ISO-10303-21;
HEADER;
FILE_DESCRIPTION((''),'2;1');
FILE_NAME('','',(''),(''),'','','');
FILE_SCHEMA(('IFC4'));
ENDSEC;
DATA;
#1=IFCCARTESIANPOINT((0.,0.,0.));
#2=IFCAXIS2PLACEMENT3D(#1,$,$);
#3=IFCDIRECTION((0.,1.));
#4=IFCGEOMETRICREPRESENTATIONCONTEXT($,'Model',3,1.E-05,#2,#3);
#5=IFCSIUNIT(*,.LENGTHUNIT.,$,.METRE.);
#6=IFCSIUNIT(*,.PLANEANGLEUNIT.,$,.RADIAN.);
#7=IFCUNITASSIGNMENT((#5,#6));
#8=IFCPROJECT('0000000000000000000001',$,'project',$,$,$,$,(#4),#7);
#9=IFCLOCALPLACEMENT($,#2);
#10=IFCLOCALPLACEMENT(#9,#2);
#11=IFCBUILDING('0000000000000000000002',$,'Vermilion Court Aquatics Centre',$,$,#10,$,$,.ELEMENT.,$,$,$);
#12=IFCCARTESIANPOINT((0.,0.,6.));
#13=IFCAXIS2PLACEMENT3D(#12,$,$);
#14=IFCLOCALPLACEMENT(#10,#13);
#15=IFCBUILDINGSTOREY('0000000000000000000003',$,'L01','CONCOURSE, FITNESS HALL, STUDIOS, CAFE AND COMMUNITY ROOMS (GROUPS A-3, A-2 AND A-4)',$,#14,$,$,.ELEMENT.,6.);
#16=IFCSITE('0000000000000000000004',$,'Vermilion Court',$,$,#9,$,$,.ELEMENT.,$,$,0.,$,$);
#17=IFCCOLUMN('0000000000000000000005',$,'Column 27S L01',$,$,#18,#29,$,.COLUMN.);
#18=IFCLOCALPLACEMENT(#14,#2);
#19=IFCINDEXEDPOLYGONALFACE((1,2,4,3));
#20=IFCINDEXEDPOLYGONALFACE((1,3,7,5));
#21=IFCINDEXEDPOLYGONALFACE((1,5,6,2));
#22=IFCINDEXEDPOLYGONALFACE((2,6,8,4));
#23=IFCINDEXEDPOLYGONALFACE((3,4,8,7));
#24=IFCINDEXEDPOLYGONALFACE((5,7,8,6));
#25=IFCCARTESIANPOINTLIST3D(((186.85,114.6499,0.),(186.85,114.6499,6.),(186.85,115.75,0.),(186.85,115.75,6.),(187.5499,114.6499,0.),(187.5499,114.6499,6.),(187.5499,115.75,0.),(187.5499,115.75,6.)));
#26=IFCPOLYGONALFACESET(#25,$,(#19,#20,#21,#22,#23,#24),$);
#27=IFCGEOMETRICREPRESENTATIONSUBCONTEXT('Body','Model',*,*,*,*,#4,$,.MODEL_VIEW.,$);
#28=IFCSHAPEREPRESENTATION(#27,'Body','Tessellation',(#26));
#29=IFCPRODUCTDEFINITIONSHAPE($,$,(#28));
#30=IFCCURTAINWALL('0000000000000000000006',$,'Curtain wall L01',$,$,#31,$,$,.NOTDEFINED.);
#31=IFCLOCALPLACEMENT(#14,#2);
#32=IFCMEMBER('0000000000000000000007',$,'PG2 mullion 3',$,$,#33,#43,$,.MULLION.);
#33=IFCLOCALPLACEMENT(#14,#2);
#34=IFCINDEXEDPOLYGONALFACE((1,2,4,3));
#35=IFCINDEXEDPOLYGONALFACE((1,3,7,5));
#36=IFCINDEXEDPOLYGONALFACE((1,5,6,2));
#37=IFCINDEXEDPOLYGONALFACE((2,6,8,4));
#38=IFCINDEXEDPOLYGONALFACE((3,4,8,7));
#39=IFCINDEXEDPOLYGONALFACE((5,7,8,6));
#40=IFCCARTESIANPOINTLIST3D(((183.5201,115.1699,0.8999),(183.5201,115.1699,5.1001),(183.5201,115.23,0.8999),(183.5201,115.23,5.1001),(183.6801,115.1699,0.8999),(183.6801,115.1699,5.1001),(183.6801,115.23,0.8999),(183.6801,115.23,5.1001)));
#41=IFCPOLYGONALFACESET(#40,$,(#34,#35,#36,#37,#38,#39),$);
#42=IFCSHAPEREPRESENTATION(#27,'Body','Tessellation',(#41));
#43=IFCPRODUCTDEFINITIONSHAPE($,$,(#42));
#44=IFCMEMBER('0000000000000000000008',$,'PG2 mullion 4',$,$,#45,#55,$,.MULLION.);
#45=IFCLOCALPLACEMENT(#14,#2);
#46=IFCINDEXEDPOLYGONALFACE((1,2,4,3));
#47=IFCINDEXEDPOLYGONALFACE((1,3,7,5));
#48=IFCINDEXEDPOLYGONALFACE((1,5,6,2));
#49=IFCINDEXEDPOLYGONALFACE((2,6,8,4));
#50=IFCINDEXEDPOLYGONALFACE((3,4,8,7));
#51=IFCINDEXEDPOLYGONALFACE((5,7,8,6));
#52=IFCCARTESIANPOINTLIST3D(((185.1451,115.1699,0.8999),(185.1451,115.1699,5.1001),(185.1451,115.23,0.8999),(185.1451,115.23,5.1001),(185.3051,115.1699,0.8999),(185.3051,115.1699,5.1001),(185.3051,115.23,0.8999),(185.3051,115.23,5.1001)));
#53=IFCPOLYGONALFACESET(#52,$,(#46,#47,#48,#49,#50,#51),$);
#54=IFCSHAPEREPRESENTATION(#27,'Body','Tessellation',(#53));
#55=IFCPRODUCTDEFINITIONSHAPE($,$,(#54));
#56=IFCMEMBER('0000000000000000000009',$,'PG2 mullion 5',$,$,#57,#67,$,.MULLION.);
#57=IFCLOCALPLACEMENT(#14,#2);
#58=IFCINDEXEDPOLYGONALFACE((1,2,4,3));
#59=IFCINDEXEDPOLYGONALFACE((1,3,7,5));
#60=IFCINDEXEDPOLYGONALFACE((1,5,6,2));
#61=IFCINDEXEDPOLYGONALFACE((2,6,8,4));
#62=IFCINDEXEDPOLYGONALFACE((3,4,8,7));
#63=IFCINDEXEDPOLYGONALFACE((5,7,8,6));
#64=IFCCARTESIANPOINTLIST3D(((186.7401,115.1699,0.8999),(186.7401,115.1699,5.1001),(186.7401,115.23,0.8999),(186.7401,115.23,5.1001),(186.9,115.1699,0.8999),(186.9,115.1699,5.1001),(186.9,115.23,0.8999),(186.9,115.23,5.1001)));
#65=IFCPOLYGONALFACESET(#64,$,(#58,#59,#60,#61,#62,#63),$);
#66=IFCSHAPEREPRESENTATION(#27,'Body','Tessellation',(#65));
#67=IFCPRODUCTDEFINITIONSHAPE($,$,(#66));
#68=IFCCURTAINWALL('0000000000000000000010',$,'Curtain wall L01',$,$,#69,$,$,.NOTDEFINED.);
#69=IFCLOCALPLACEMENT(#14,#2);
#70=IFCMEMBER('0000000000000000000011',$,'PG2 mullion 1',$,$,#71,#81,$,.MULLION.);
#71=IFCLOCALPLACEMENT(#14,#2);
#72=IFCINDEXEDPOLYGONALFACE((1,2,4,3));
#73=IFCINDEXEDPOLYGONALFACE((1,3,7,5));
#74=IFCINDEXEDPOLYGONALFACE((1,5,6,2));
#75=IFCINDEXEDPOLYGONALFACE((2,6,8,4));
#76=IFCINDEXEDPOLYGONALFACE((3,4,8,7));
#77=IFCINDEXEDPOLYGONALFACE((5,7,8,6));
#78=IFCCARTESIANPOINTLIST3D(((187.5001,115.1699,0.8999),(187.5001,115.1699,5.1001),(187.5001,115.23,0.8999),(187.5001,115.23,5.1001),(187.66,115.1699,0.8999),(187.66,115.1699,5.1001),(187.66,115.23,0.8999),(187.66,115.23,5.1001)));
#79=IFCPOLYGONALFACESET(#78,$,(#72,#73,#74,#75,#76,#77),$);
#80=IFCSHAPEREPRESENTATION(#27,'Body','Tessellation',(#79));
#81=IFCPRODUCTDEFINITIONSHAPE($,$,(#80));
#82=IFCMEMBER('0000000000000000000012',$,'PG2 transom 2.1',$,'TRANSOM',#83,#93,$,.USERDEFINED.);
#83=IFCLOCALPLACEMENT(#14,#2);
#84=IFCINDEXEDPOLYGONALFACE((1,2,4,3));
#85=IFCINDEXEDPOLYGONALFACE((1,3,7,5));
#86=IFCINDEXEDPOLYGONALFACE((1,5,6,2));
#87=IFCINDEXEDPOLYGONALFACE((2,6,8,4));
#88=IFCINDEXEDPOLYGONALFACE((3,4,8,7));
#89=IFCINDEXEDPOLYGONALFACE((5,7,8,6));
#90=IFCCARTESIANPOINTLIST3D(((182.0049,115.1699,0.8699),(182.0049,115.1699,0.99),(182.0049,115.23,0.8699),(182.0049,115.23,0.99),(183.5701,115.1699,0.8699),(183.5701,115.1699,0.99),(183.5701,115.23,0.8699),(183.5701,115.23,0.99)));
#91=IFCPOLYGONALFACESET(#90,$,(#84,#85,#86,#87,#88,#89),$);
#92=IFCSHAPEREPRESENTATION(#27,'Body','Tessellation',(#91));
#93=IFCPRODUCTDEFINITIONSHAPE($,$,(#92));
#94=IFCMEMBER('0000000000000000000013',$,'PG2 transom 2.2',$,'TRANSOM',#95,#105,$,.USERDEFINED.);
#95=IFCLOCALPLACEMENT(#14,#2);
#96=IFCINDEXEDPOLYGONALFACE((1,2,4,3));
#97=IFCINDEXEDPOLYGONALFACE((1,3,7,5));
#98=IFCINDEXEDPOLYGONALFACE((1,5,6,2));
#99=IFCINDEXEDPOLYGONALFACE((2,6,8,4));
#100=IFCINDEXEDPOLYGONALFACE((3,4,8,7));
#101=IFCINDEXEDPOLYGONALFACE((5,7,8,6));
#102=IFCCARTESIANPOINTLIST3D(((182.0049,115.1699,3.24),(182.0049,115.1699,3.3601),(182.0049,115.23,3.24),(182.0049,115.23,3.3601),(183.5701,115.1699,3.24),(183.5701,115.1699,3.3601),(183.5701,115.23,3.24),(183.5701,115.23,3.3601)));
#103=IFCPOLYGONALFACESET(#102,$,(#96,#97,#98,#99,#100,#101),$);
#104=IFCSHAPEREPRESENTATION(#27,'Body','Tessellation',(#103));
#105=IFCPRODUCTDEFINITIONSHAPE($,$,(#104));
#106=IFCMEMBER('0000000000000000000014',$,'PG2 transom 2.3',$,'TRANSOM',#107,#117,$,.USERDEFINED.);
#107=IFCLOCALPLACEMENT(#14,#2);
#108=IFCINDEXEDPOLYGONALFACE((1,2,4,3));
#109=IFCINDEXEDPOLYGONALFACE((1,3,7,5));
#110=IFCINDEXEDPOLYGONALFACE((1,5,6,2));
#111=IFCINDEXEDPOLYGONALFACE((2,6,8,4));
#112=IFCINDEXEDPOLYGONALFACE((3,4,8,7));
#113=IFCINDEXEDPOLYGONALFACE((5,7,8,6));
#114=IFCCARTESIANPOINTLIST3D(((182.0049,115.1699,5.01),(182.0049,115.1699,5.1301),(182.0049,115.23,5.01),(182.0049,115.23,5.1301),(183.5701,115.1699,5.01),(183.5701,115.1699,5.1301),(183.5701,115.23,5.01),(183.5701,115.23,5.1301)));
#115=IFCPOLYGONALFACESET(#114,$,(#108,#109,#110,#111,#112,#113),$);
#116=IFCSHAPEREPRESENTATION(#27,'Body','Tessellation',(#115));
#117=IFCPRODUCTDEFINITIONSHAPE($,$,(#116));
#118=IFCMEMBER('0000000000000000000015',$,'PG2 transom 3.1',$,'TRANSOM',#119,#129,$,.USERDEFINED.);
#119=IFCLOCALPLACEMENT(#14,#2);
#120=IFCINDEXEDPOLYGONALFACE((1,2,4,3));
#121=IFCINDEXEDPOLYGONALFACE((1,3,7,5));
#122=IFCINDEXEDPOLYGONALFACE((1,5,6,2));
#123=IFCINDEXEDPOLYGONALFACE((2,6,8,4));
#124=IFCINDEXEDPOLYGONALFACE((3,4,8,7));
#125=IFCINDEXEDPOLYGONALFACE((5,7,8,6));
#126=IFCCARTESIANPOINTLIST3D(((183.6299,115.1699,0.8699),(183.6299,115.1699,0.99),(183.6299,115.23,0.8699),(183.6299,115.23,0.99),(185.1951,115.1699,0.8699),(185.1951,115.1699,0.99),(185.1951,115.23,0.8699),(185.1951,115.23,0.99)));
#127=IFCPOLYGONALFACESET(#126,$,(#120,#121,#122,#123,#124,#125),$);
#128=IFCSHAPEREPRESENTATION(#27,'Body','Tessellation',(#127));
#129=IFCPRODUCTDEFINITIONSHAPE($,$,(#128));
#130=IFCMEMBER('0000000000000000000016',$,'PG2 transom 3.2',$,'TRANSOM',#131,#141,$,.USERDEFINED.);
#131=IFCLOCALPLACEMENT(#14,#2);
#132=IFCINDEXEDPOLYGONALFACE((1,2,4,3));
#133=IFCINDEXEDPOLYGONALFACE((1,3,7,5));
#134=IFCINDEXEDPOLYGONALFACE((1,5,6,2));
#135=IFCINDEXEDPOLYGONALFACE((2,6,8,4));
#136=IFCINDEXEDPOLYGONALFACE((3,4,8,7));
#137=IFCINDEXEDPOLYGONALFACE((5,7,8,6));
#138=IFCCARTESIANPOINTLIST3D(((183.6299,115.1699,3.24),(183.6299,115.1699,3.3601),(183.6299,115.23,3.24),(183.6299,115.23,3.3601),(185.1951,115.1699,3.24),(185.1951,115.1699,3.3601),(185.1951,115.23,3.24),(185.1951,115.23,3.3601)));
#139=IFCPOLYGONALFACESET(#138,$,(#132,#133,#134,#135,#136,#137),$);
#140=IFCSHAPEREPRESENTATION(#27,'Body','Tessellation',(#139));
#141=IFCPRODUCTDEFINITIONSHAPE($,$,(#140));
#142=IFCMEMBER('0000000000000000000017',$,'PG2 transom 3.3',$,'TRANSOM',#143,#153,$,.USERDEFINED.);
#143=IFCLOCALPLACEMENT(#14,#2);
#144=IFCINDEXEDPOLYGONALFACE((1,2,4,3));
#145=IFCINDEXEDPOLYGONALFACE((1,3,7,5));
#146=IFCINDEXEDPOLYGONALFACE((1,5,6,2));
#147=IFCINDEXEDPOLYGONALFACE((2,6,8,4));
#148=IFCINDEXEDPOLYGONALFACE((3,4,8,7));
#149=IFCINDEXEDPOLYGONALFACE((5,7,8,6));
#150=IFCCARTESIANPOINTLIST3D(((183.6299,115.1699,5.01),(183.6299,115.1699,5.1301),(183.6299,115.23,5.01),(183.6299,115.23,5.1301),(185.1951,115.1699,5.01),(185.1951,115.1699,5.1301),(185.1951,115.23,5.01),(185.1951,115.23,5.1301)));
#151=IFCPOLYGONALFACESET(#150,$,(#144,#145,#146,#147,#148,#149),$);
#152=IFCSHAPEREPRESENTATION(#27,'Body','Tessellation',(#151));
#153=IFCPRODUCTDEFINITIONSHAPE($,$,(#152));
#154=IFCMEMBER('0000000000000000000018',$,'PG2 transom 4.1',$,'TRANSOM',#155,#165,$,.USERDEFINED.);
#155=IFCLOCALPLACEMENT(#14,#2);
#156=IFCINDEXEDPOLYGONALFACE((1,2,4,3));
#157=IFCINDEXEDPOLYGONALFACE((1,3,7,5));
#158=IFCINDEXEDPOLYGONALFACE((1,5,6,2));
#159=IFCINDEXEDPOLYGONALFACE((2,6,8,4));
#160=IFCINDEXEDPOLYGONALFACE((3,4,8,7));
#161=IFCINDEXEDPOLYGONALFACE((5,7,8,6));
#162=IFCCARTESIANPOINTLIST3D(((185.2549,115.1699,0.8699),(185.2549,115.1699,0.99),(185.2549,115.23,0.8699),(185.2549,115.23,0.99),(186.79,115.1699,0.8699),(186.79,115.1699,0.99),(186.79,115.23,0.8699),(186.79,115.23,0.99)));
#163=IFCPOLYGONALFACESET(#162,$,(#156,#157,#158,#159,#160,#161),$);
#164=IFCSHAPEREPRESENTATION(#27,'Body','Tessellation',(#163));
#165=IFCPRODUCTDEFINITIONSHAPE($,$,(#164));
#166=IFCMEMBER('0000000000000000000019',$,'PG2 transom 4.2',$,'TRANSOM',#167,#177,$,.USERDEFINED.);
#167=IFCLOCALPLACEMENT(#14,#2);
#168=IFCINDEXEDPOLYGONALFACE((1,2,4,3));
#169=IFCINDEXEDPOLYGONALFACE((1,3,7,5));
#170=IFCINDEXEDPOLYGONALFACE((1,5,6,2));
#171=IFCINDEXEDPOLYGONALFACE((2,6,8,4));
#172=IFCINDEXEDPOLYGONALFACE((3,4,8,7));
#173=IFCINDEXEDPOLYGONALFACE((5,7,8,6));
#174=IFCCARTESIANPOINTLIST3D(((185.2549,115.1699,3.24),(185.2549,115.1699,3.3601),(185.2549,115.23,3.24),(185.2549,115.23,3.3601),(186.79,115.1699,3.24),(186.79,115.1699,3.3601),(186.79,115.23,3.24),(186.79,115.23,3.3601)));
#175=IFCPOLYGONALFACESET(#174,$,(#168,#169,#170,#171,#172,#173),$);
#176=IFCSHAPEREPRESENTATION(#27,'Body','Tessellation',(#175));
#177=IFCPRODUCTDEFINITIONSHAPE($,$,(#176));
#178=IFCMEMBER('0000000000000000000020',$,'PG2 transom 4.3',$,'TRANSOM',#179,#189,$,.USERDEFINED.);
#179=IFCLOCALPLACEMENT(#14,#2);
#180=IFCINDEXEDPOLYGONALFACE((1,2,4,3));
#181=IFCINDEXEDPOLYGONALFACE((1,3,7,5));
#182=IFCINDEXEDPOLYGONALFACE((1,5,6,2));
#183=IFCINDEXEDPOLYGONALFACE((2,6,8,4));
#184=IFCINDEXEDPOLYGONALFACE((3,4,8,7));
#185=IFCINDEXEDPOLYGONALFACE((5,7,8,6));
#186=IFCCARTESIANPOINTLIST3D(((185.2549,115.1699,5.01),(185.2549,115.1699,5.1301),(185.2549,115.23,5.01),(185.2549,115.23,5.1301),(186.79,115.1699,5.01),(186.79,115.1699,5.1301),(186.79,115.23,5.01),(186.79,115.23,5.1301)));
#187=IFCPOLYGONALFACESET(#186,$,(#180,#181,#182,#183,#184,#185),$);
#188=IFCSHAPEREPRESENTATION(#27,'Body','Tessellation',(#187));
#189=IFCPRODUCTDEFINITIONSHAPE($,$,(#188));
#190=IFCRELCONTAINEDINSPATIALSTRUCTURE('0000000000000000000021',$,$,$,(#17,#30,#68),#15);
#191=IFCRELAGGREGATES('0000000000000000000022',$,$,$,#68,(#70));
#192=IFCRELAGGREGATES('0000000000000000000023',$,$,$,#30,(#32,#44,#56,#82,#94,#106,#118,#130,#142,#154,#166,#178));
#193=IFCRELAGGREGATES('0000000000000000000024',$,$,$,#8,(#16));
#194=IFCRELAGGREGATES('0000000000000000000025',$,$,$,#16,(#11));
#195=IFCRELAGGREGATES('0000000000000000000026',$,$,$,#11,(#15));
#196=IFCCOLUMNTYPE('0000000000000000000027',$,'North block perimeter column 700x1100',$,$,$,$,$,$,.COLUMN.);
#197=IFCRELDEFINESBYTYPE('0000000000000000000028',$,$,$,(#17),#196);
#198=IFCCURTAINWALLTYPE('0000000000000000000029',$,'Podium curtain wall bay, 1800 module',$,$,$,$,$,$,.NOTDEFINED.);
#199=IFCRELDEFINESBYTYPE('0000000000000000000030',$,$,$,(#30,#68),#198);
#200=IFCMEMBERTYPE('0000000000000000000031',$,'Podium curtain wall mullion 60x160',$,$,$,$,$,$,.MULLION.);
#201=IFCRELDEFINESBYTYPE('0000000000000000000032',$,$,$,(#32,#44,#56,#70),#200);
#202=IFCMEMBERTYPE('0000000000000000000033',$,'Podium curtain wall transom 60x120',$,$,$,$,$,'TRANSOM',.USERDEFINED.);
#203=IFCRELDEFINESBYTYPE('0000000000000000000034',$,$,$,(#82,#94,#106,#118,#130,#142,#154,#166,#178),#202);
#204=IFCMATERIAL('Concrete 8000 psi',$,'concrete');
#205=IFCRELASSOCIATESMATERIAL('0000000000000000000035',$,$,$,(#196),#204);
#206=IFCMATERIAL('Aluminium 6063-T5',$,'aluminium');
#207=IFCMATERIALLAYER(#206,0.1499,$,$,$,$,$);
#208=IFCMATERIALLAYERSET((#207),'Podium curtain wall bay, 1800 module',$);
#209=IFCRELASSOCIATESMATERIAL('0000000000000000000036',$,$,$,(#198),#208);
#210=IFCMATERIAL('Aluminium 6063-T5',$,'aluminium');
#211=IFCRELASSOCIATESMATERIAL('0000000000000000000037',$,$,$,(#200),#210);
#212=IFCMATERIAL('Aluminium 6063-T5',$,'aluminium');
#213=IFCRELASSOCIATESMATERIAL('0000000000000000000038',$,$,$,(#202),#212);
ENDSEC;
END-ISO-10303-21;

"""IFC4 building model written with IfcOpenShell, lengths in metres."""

from ifc_helpers import new_model, si_unit, direction, frame, origin, origin_2d, place, context, subcontext, project, spatial, rectangle, extrude, material, layer, layer_set, material_profile, profile_set, type_object, element, aggregate, save


model = new_model("IFC4")

# Units and contexts
model_context = context("Model", 3, precision=1e-05, world=origin(), true_north=direction((0.0, 1.0)))
body_context = subcontext(model_context, "Body", "Model", "MODEL_VIEW")
ifc_project = project(units=[si_unit("LENGTHUNIT", "METRE"), si_unit("PLANEANGLEUNIT", "RADIAN")], contexts=[model_context])

# Site, building, storey
site_placement = place(None, origin())
site = spatial("IfcSite", under=ifc_project, at=site_placement, Name="Vermilion Court", CompositionType="ELEMENT", RefElevation=0.0)
building_placement = place(site_placement, origin())
building = spatial("IfcBuilding", under=site, at=building_placement, Name="Vermilion Court Aquatics Centre", CompositionType="ELEMENT")
storey_placement = place(building_placement, frame((0.0, 0.0, 6.0)))
storey = spatial("IfcBuildingStorey", under=building, at=storey_placement, Name="L01", Description="CONCOURSE, FITNESS HALL, STUDIOS, CAFE AND COMMUNITY ROOMS (GROUPS A-3, A-2 AND A-4)", CompositionType="ELEMENT", Elevation=6.0)

# Column
ifc_material_1 = material(Name="Concrete 8000 psi", Category="concrete")
ifc_material_profile_1 = material_profile(ifc_material_1, rectangle(XDim=0.7, YDim=1.1001, at=origin_2d()), Name="RC 700x1100")
ifc_profile_set_1 = profile_set([ifc_material_profile_1], Name="Concrete 8000 psi")
column_type = type_object("IfcColumnType", Name="North block perimeter column 700x1100", PredefinedType="COLUMN", material=ifc_profile_set_1)
column_placement = place(storey_placement, frame((187.2, 115.2, 0.0), z_axis=(0.0, 0.0, 1.0), x_axis=(1.0, 0.0, 0.0)))
element("IfcColumn", 1, at=column_placement, inside=storey, type_object=column_type, Name="Column 27S L01", PredefinedType="COLUMN", context=body_context, shape_type="SweptSolid", body=[
    extrude(rectangle(XDim=0.7, YDim=1.1001, at=origin_2d()), origin(), (0.0, 0.0, 1.0), 6.0),
])

# Curtain wall, members
ifc_material_2 = material(Name="Aluminium 6063-T5", Category="aluminium")
ifc_layer_1 = layer(ifc_material_2, 0.1499)
ifc_layer_set_1 = layer_set([ifc_layer_1], Name="Podium curtain wall bay, 1800 module")
curtain_wall_type = type_object("IfcCurtainWallType", Name="Podium curtain wall bay, 1800 module", PredefinedType="NOTDEFINED", material=ifc_layer_set_1)
curtain_wall_1_placement = place(storey_placement, origin())
curtain_wall_1 = element("IfcCurtainWall", 2, at=curtain_wall_1_placement, inside=storey, type_object=curtain_wall_type, Name="Curtain wall L01", PredefinedType="NOTDEFINED")
ifc_material_3 = material(Name="Aluminium 6063-T5", Category="aluminium")
ifc_material_profile_2 = material_profile(ifc_material_3, rectangle(XDim=0.0601, YDim=0.1599, at=origin_2d()), Name="Mullion 60x160")
ifc_profile_set_2 = profile_set([ifc_material_profile_2], Name="Aluminium 6063-T5")
member_type_1 = type_object("IfcMemberType", Name="Podium curtain wall mullion 60x160", PredefinedType="MULLION", material=ifc_profile_set_2)
member_1_placement = place(storey_placement, frame((183.6001, 115.2, 0.8999), z_axis=(0.0, 0.0, 1.0), x_axis=(0.0, 1.0, 0.0)))
member_1 = element("IfcMember", 3, at=member_1_placement, type_object=member_type_1, Name="PG2 mullion 3", PredefinedType="MULLION", context=body_context, shape_type="SweptSolid", body=[
    extrude(rectangle(XDim=0.0601, YDim=0.1599, at=origin_2d()), origin(), (0.0, 0.0, 1.0), 4.2002),
])
member_2_placement = place(storey_placement, frame((185.2251, 115.2, 0.8999), z_axis=(0.0, 0.0, 1.0), x_axis=(0.0, 1.0, 0.0)))
member_2 = element("IfcMember", 4, at=member_2_placement, type_object=member_type_1, Name="PG2 mullion 4", PredefinedType="MULLION", context=body_context, shape_type="SweptSolid", body=[
    extrude(rectangle(XDim=0.0601, YDim=0.1599, at=origin_2d()), origin(), (0.0, 0.0, 1.0), 4.2002),
])
member_3_placement = place(storey_placement, frame((186.8201, 115.2, 0.8999), z_axis=(0.0, 0.0, 1.0), x_axis=(0.0, 1.0, 0.0)))
member_3 = element("IfcMember", 5, at=member_3_placement, type_object=member_type_1, Name="PG2 mullion 5", PredefinedType="MULLION", context=body_context, shape_type="SweptSolid", body=[
    extrude(rectangle(XDim=0.0601, YDim=0.1599, at=origin_2d()), origin(), (0.0, 0.0, 1.0), 4.2002),
])

# Curtain wall, member
curtain_wall_2_placement = place(storey_placement, origin())
curtain_wall_2 = element("IfcCurtainWall", 6, at=curtain_wall_2_placement, inside=storey, type_object=curtain_wall_type, Name="Curtain wall L01", PredefinedType="NOTDEFINED")
member_4_placement = place(storey_placement, frame((187.5801, 115.2, 0.8999), z_axis=(0.0, 0.0, 1.0), x_axis=(0.0, 1.0, 0.0)))
member_4 = element("IfcMember", 7, at=member_4_placement, type_object=member_type_1, Name="PG2 mullion 1", PredefinedType="MULLION", context=body_context, shape_type="SweptSolid", body=[
    extrude(rectangle(XDim=0.0601, YDim=0.1599, at=origin_2d()), origin(), (0.0, 0.0, 1.0), 4.2002),
])

# Members
ifc_material_4 = material(Name="Aluminium 6063-T5", Category="aluminium")
ifc_material_profile_3 = material_profile(ifc_material_4, rectangle(XDim=0.0601, YDim=0.1201, at=origin_2d()), Name="Transom 60x120")
ifc_profile_set_3 = profile_set([ifc_material_profile_3], Name="Aluminium 6063-T5")
member_type_2 = type_object("IfcMemberType", Name="Podium curtain wall transom 60x120", ElementType="TRANSOM", PredefinedType="USERDEFINED", material=ifc_profile_set_3)
member_5_placement = place(storey_placement, frame((182.0049, 115.2, 0.9299), z_axis=(1.0, 0.0, 0.0), x_axis=(0.0, 1.0, 0.0)))
member_5 = element("IfcMember", 8, at=member_5_placement, type_object=member_type_2, Name="PG2 transom 2.1", ObjectType="TRANSOM", PredefinedType="USERDEFINED", context=body_context, shape_type="SweptSolid", body=[
    extrude(rectangle(XDim=0.0601, YDim=0.1201, at=origin_2d()), origin(), (0.0, 0.0, 1.0), 1.5652),
])
member_6_placement = place(storey_placement, frame((182.0049, 115.2, 3.3), z_axis=(1.0, 0.0, 0.0), x_axis=(0.0, 1.0, 0.0)))
member_6 = element("IfcMember", 9, at=member_6_placement, type_object=member_type_2, Name="PG2 transom 2.2", ObjectType="TRANSOM", PredefinedType="USERDEFINED", context=body_context, shape_type="SweptSolid", body=[
    extrude(rectangle(XDim=0.0601, YDim=0.1201, at=origin_2d()), origin(), (0.0, 0.0, 1.0), 1.5652),
])
member_7_placement = place(storey_placement, frame((182.0049, 115.2, 5.0701), z_axis=(1.0, 0.0, 0.0), x_axis=(0.0, 1.0, 0.0)))
member_7 = element("IfcMember", 10, at=member_7_placement, type_object=member_type_2, Name="PG2 transom 2.3", ObjectType="TRANSOM", PredefinedType="USERDEFINED", context=body_context, shape_type="SweptSolid", body=[
    extrude(rectangle(XDim=0.0601, YDim=0.1201, at=origin_2d()), origin(), (0.0, 0.0, 1.0), 1.5652),
])
member_8_placement = place(storey_placement, frame((183.6299, 115.2, 0.9299), z_axis=(1.0, 0.0, 0.0), x_axis=(0.0, 1.0, 0.0)))
member_8 = element("IfcMember", 11, at=member_8_placement, type_object=member_type_2, Name="PG2 transom 3.1", ObjectType="TRANSOM", PredefinedType="USERDEFINED", context=body_context, shape_type="SweptSolid", body=[
    extrude(rectangle(XDim=0.0601, YDim=0.1201, at=origin_2d()), origin(), (0.0, 0.0, 1.0), 1.5652),
])
member_9_placement = place(storey_placement, frame((183.6299, 115.2, 3.3), z_axis=(1.0, 0.0, 0.0), x_axis=(0.0, 1.0, 0.0)))
member_9 = element("IfcMember", 12, at=member_9_placement, type_object=member_type_2, Name="PG2 transom 3.2", ObjectType="TRANSOM", PredefinedType="USERDEFINED", context=body_context, shape_type="SweptSolid", body=[
    extrude(rectangle(XDim=0.0601, YDim=0.1201, at=origin_2d()), origin(), (0.0, 0.0, 1.0), 1.5652),
])
member_10_placement = place(storey_placement, frame((183.6299, 115.2, 5.0701), z_axis=(1.0, 0.0, 0.0), x_axis=(0.0, 1.0, 0.0)))
member_10 = element("IfcMember", 13, at=member_10_placement, type_object=member_type_2, Name="PG2 transom 3.3", ObjectType="TRANSOM", PredefinedType="USERDEFINED", context=body_context, shape_type="SweptSolid", body=[
    extrude(rectangle(XDim=0.0601, YDim=0.1201, at=origin_2d()), origin(), (0.0, 0.0, 1.0), 1.5652),
])
member_11_placement = place(storey_placement, frame((185.2549, 115.2, 0.9299), z_axis=(1.0, 0.0, 0.0), x_axis=(0.0, 1.0, 0.0)))
member_11 = element("IfcMember", 14, at=member_11_placement, type_object=member_type_2, Name="PG2 transom 4.1", ObjectType="TRANSOM", PredefinedType="USERDEFINED", context=body_context, shape_type="SweptSolid", body=[
    extrude(rectangle(XDim=0.0601, YDim=0.1201, at=origin_2d()), origin(), (0.0, 0.0, 1.0), 1.5352),
])
member_12_placement = place(storey_placement, frame((185.2549, 115.2, 3.3), z_axis=(1.0, 0.0, 0.0), x_axis=(0.0, 1.0, 0.0)))
member_12 = element("IfcMember", 15, at=member_12_placement, type_object=member_type_2, Name="PG2 transom 4.2", ObjectType="TRANSOM", PredefinedType="USERDEFINED", context=body_context, shape_type="SweptSolid", body=[
    extrude(rectangle(XDim=0.0601, YDim=0.1201, at=origin_2d()), origin(), (0.0, 0.0, 1.0), 1.5352),
])
member_13_placement = place(storey_placement, frame((185.2549, 115.2, 5.0701), z_axis=(1.0, 0.0, 0.0), x_axis=(0.0, 1.0, 0.0)))
member_13 = element("IfcMember", 16, at=member_13_placement, type_object=member_type_2, Name="PG2 transom 4.3", ObjectType="TRANSOM", PredefinedType="USERDEFINED", context=body_context, shape_type="SweptSolid", body=[
    extrude(rectangle(XDim=0.0601, YDim=0.1201, at=origin_2d()), origin(), (0.0, 0.0, 1.0), 1.5352),
])
aggregate(curtain_wall_2, [member_4])

aggregate(curtain_wall_1, [member_1, member_2, member_3, member_5, member_6, member_7, member_8, member_9, member_10, member_11, member_12, member_13])

save(model, "model.ifc")
